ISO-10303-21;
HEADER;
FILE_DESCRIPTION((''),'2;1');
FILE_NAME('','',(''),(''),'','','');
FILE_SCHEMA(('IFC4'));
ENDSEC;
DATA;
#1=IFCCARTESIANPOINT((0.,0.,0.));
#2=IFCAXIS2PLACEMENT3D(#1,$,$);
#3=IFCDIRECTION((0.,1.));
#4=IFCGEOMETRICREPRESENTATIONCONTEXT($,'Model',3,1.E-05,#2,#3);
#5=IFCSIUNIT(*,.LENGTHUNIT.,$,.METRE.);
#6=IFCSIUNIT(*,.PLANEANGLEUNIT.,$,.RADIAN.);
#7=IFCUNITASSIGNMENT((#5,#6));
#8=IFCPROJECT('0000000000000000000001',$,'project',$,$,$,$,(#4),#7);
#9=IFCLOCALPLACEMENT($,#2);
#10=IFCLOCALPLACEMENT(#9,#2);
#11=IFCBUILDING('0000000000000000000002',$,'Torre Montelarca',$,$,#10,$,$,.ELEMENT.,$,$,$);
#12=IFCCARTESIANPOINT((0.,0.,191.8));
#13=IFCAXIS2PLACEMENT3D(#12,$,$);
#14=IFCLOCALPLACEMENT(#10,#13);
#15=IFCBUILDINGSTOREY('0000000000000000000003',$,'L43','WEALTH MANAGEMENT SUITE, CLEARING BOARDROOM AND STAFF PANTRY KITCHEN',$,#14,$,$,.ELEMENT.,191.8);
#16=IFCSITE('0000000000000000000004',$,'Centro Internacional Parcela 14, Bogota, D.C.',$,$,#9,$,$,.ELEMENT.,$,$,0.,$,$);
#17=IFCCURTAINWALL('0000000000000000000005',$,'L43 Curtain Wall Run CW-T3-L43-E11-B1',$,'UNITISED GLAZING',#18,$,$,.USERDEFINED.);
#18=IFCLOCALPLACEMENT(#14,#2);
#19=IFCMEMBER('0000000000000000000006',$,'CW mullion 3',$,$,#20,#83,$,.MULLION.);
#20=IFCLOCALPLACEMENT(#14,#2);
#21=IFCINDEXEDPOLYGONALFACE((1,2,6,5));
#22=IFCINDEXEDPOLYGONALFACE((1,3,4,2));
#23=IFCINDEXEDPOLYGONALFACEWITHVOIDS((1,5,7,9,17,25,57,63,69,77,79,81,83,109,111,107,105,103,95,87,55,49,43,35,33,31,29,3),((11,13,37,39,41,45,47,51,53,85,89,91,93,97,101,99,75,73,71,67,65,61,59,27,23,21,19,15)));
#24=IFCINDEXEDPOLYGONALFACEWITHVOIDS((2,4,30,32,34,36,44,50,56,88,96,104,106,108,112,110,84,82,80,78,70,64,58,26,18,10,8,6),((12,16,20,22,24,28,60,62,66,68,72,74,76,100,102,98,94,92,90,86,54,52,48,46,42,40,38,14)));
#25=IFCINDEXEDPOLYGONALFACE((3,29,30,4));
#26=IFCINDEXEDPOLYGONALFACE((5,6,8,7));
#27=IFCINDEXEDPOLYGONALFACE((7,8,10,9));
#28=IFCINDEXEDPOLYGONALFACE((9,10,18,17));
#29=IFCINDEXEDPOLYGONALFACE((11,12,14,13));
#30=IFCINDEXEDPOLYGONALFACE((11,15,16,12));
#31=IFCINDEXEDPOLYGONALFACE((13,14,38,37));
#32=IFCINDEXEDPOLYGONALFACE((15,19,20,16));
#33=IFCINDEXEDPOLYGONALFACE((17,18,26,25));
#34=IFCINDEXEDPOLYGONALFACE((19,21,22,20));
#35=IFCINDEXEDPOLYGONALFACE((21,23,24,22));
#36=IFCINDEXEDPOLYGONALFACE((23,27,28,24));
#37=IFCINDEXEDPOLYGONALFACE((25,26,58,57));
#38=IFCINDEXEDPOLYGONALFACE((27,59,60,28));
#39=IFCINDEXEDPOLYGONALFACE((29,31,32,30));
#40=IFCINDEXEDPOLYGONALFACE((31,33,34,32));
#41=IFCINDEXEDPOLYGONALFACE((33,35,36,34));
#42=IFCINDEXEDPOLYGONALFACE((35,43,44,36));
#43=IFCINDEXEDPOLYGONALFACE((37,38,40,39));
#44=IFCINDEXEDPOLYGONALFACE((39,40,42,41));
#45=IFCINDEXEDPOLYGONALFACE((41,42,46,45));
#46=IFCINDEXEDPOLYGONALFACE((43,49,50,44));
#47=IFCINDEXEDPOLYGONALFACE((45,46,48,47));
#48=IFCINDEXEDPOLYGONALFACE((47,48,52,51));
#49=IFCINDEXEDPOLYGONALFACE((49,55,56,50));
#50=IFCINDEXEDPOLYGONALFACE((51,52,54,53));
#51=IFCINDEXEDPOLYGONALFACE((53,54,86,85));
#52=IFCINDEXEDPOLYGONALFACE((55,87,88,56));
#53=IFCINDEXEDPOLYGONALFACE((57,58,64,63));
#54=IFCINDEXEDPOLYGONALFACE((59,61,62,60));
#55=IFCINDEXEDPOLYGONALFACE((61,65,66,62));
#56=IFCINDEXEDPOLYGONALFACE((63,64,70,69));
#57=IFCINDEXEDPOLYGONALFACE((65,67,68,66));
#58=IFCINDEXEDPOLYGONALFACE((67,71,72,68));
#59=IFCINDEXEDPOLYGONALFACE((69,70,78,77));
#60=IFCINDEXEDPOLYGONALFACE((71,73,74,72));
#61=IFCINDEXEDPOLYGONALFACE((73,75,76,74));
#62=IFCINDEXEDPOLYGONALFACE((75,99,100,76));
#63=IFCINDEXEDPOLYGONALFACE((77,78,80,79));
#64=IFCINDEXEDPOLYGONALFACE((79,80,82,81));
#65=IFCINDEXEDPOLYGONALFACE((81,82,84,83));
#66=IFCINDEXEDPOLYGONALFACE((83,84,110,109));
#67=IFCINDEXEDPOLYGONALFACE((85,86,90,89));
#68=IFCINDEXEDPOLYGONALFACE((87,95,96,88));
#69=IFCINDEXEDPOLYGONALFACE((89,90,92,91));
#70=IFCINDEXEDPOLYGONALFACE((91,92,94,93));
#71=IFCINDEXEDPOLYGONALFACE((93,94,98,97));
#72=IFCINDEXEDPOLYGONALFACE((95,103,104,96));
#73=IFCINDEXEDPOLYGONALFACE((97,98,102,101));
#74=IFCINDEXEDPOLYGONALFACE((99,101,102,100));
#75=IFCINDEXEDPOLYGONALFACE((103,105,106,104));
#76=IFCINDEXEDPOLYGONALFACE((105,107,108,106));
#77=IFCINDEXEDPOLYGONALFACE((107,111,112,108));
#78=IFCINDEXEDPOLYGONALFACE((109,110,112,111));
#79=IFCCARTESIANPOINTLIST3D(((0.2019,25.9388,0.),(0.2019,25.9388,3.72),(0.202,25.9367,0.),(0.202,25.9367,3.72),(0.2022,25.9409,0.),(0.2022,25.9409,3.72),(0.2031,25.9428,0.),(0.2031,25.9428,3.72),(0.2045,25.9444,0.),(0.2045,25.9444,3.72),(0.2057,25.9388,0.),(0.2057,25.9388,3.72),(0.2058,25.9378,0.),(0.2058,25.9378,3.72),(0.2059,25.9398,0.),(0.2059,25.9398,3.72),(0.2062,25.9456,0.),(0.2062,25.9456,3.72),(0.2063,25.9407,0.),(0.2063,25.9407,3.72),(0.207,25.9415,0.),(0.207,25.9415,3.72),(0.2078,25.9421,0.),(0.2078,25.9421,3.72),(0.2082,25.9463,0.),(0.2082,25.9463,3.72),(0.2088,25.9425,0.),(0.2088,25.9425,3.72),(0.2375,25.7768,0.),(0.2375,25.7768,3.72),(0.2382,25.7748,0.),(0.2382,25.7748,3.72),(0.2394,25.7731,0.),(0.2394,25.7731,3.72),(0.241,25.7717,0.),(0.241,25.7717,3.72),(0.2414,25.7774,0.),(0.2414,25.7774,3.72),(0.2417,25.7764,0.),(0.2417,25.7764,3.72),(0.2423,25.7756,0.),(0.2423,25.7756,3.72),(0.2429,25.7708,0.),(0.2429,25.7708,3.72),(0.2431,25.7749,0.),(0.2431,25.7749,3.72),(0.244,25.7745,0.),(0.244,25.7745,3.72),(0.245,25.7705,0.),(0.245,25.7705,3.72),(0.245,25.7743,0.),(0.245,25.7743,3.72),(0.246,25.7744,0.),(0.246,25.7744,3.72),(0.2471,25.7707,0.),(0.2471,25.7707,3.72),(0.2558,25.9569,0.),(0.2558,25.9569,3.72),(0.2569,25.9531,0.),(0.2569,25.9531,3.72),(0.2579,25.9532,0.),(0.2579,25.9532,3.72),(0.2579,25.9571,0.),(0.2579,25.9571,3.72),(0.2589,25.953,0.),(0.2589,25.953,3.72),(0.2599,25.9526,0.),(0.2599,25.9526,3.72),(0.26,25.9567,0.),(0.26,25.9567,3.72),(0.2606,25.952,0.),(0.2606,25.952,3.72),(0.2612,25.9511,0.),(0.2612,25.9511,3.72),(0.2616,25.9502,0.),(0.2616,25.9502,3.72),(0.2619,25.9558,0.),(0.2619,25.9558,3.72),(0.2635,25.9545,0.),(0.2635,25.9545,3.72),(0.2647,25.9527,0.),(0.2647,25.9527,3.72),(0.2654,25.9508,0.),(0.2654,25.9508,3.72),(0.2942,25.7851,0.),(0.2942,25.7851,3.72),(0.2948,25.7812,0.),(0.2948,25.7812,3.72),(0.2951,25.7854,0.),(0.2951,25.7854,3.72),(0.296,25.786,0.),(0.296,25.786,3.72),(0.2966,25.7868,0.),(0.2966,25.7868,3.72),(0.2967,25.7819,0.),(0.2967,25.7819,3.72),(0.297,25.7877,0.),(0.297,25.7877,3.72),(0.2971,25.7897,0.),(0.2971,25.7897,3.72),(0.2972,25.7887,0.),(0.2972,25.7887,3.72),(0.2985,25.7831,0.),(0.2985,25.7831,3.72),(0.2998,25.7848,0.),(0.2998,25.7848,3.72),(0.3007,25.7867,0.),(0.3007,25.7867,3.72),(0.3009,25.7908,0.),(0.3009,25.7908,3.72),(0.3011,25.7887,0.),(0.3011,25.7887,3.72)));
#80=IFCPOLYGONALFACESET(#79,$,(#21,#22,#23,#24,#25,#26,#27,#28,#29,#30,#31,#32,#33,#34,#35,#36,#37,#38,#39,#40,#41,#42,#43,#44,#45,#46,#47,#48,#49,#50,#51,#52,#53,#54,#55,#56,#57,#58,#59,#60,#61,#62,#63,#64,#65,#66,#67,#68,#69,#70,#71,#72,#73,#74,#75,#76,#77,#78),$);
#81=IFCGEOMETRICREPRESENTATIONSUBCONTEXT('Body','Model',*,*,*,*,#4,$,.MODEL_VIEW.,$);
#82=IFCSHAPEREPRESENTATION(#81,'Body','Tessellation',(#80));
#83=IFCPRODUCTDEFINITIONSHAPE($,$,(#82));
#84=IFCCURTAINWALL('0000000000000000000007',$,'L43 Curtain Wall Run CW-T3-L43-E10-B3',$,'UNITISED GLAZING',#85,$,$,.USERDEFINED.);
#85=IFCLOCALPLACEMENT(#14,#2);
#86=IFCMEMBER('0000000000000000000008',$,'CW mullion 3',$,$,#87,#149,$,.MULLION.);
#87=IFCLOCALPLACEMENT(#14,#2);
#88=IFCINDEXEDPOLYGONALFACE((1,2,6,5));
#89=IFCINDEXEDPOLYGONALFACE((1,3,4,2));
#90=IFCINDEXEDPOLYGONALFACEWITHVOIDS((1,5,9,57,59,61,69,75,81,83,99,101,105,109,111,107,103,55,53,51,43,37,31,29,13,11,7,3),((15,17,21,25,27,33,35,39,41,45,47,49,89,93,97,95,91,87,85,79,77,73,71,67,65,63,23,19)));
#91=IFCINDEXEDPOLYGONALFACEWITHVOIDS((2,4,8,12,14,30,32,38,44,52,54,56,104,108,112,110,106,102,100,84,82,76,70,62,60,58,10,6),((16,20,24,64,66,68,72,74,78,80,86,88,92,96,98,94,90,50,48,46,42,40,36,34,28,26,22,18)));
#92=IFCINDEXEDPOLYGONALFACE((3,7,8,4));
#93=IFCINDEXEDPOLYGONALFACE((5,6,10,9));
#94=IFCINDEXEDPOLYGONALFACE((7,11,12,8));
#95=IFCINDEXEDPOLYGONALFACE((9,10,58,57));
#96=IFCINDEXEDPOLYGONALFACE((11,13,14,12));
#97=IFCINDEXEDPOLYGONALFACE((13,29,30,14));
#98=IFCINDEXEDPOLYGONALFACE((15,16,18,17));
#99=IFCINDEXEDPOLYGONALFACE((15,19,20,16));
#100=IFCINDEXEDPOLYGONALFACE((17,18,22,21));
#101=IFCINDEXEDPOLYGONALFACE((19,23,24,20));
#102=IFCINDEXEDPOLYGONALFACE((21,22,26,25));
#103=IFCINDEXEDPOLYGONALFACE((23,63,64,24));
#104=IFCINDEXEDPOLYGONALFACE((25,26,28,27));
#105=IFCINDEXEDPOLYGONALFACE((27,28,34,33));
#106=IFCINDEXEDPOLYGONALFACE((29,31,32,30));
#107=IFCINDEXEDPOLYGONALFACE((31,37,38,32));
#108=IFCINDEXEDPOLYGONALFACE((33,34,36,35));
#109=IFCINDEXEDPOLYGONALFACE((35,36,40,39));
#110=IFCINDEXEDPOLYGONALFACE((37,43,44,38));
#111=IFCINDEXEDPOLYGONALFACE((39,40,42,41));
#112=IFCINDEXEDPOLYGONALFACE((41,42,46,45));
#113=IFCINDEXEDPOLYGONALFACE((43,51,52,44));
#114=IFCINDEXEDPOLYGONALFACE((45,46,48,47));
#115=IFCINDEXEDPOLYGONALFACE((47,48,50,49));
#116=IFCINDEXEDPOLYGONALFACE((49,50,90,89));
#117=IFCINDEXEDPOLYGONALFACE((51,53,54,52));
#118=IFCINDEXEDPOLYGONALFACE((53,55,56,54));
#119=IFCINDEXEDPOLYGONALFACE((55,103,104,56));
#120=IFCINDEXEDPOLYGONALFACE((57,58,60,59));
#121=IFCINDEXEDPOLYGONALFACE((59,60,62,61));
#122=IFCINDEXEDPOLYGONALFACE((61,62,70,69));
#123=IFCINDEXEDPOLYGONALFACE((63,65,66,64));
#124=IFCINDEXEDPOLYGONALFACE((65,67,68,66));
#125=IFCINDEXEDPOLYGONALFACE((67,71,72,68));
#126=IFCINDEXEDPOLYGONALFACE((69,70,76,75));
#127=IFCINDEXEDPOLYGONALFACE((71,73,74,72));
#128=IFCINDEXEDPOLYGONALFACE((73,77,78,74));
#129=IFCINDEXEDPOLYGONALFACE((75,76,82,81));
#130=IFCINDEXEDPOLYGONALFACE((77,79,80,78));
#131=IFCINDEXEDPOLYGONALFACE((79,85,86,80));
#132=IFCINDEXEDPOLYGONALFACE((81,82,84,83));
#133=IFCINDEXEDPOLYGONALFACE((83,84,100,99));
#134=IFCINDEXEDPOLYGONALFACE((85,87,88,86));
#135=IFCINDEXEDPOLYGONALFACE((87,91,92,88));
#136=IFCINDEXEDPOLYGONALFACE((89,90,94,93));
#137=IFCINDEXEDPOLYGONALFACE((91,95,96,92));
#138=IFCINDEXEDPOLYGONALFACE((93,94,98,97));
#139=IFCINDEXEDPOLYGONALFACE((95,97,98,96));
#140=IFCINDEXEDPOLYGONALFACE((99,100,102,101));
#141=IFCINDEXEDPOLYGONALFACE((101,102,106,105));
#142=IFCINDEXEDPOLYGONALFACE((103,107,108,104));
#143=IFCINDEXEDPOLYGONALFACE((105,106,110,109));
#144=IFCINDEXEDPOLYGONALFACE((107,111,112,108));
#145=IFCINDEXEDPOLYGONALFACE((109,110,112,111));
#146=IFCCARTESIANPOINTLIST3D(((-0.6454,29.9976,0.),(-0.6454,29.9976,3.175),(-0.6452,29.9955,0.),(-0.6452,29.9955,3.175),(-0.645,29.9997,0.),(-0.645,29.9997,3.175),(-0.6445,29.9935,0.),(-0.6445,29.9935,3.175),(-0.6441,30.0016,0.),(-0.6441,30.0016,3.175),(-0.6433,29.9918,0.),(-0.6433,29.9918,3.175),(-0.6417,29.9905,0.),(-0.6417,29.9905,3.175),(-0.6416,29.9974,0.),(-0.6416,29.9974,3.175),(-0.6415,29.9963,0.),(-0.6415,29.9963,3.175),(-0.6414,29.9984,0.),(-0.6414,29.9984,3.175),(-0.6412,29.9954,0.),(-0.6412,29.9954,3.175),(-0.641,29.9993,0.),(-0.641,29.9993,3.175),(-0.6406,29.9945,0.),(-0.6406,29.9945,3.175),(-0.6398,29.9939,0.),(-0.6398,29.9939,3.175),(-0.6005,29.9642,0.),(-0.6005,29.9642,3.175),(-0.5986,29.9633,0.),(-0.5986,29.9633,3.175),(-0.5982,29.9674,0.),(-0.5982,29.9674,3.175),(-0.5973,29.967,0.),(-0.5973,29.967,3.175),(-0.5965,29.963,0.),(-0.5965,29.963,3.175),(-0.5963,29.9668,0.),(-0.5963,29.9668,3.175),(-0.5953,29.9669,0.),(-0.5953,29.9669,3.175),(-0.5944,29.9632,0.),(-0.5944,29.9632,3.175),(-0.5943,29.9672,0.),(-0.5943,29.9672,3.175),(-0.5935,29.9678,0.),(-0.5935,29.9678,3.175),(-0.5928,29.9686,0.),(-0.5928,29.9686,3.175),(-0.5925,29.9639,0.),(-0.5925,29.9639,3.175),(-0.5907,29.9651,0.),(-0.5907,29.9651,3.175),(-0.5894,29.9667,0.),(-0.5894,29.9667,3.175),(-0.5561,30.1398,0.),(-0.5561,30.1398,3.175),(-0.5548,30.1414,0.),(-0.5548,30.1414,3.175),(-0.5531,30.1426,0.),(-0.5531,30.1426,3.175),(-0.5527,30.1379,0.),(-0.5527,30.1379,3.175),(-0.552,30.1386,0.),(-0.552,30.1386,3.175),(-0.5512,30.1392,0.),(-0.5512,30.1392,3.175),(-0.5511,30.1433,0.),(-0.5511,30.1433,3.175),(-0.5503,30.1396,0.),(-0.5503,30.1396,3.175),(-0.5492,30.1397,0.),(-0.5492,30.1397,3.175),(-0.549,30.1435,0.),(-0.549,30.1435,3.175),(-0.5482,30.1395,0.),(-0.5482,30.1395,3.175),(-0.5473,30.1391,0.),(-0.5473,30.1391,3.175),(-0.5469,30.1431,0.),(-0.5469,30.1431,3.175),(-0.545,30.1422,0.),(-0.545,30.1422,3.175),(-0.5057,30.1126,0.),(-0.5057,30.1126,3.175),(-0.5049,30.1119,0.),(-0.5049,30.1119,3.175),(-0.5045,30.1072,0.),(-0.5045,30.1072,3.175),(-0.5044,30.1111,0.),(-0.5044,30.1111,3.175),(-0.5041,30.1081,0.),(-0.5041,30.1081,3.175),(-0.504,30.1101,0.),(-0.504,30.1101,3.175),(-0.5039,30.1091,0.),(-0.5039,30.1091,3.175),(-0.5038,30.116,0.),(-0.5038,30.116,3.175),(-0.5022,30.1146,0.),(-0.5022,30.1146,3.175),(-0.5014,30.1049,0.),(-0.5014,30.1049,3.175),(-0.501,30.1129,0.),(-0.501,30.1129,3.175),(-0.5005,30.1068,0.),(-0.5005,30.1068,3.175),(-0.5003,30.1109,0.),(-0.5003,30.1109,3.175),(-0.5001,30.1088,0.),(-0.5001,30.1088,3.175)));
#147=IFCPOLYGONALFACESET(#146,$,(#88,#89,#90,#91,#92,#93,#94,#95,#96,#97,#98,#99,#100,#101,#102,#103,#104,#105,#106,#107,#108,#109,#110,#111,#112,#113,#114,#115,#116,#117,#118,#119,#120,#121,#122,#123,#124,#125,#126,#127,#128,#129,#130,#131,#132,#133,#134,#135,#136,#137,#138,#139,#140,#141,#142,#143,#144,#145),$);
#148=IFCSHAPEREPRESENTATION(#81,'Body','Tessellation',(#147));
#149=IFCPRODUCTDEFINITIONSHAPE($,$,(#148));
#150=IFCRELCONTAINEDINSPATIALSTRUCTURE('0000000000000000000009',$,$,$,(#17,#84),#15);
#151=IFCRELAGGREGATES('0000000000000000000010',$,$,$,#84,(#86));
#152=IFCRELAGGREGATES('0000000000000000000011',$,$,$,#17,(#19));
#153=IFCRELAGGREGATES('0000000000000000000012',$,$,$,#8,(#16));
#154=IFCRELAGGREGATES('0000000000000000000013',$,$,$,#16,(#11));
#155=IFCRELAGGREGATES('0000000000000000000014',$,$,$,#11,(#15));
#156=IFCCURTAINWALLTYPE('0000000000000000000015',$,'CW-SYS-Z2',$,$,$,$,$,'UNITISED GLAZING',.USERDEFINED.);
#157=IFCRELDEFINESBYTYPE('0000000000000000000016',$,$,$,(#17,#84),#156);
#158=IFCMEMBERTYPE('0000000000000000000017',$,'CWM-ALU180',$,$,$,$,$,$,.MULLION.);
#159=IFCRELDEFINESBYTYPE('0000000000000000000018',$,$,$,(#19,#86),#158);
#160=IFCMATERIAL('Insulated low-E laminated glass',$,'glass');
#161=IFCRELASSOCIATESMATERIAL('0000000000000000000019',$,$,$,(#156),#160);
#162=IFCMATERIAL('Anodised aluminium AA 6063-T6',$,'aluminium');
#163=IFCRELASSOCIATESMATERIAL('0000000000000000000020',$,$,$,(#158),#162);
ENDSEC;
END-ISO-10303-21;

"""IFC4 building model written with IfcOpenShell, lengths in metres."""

from ifc_helpers import new_model, si_unit, direction, frame, origin, origin_2d, place, context, subcontext, project, spatial, hollow_rectangle, extrude, source, transform, mapped, material, material_profile, profile_set, type_object, element, aggregate, save


model = new_model("IFC4")

# Units and contexts
model_context = context("Model", 3, precision=1e-05, world=origin(), true_north=direction((0.0, 1.0)))
body_context = subcontext(model_context, "Body", "Model", "MODEL_VIEW")
ifc_project = project(units=[si_unit("LENGTHUNIT", "METRE"), si_unit("PLANEANGLEUNIT", "RADIAN")], contexts=[model_context])

# Site, building, storey
site_placement = place(None, origin())
site = spatial("IfcSite", under=ifc_project, at=site_placement, Name="Centro Internacional Parcela 14, Bogota, D.C.", CompositionType="ELEMENT", RefElevation=0.0)
building_placement = place(site_placement, origin())
building = spatial("IfcBuilding", under=site, at=building_placement, Name="Torre Montelarca", CompositionType="ELEMENT")
storey_placement = place(building_placement, frame((0.0, 0.0, 191.8)))
storey = spatial("IfcBuildingStorey", under=building, at=storey_placement, Name="L43", Description="WEALTH MANAGEMENT SUITE, CLEARING BOARDROOM AND STAFF PANTRY KITCHEN", CompositionType="ELEMENT", Elevation=191.8)

# Curtain wall, member
ifc_material_1 = material(Name="Insulated low-E laminated glass", Category="glass")
curtain_wall_type = type_object("IfcCurtainWallType", Name="CW-SYS-Z2", ElementType="UNITISED GLAZING", PredefinedType="USERDEFINED", material=ifc_material_1)
curtain_wall_1_placement = place(storey_placement, origin())
curtain_wall_1 = element("IfcCurtainWall", 1, at=curtain_wall_1_placement, inside=storey, type_object=curtain_wall_type, Name="L43 Curtain Wall Run CW-T3-L43-E11-B1", ObjectType="UNITISED GLAZING", PredefinedType="USERDEFINED")
ifc_material_2 = material(Name="Anodised aluminium AA 6063-T6", Category="aluminium")
ifc_material_profile_1 = material_profile(ifc_material_2, hollow_rectangle(XDim=0.0649, YDim=0.1799, WallThickness=0.0039, InnerFilletRadius=0.0039, OuterFilletRadius=0.0081, at=origin_2d()), Name="ALU65X180X4", Category="aluminium")
ifc_profile_set_1 = profile_set([ifc_material_profile_1], Name="Anodised aluminium AA 6063-T6")
member_type_1 = type_object("IfcMemberType", Name="CWM-ALU180", PredefinedType="MULLION", material=ifc_profile_set_1)
shared_shape_1 = source(origin(), body_context, "Body", "SweptSolid", [
    extrude(hollow_rectangle(XDim=0.0649, YDim=0.1799, WallThickness=0.0039, InnerFilletRadius=0.0039, OuterFilletRadius=0.0081, at=origin_2d()), origin(), (0.0, 0.0, 1.0), 3.72),
])
member_1_placement = place(storey_placement, frame((0.2515, 25.8638, 0.0), z_axis=(0.0, 0.0, 1.0), x_axis=(0.976293, 0.216454, 0.0)))
member_1 = element("IfcMember", 2, at=member_1_placement, type_object=member_type_1, Name="CW mullion 3", PredefinedType="MULLION", context=body_context, shape_type="MappedRepresentation", body=[
    mapped(shared_shape_1, transform((0.0, 0.0, 0.0), scale=1.0)),
])

# Curtain wall, member
curtain_wall_2_placement = place(storey_placement, origin())
curtain_wall_2 = element("IfcCurtainWall", 3, at=curtain_wall_2_placement, inside=storey, type_object=curtain_wall_type, Name="L43 Curtain Wall Run CW-T3-L43-E10-B3", ObjectType="UNITISED GLAZING", PredefinedType="USERDEFINED")
shared_shape_2 = source(origin(), body_context, "Body", "SweptSolid", [
    extrude(hollow_rectangle(XDim=0.0649, YDim=0.1799, WallThickness=0.0039, InnerFilletRadius=0.0039, OuterFilletRadius=0.0081, at=origin_2d()), origin(), (0.0, 0.0, 1.0), 3.175),
])
member_2_placement = place(storey_placement, frame((-0.5728, 30.0532, 0.0), z_axis=(0.0, 0.0, 1.0), x_axis=(0.843394, -0.537296, 0.0)))
member_2 = element("IfcMember", 4, at=member_2_placement, type_object=member_type_1, Name="CW mullion 3", PredefinedType="MULLION", context=body_context, shape_type="MappedRepresentation", body=[
    mapped(shared_shape_2, transform((0.0, 0.0, 0.0), scale=1.0)),
])
aggregate(curtain_wall_2, [member_2])

aggregate(curtain_wall_1, [member_1])

save(model, "model.ifc")
